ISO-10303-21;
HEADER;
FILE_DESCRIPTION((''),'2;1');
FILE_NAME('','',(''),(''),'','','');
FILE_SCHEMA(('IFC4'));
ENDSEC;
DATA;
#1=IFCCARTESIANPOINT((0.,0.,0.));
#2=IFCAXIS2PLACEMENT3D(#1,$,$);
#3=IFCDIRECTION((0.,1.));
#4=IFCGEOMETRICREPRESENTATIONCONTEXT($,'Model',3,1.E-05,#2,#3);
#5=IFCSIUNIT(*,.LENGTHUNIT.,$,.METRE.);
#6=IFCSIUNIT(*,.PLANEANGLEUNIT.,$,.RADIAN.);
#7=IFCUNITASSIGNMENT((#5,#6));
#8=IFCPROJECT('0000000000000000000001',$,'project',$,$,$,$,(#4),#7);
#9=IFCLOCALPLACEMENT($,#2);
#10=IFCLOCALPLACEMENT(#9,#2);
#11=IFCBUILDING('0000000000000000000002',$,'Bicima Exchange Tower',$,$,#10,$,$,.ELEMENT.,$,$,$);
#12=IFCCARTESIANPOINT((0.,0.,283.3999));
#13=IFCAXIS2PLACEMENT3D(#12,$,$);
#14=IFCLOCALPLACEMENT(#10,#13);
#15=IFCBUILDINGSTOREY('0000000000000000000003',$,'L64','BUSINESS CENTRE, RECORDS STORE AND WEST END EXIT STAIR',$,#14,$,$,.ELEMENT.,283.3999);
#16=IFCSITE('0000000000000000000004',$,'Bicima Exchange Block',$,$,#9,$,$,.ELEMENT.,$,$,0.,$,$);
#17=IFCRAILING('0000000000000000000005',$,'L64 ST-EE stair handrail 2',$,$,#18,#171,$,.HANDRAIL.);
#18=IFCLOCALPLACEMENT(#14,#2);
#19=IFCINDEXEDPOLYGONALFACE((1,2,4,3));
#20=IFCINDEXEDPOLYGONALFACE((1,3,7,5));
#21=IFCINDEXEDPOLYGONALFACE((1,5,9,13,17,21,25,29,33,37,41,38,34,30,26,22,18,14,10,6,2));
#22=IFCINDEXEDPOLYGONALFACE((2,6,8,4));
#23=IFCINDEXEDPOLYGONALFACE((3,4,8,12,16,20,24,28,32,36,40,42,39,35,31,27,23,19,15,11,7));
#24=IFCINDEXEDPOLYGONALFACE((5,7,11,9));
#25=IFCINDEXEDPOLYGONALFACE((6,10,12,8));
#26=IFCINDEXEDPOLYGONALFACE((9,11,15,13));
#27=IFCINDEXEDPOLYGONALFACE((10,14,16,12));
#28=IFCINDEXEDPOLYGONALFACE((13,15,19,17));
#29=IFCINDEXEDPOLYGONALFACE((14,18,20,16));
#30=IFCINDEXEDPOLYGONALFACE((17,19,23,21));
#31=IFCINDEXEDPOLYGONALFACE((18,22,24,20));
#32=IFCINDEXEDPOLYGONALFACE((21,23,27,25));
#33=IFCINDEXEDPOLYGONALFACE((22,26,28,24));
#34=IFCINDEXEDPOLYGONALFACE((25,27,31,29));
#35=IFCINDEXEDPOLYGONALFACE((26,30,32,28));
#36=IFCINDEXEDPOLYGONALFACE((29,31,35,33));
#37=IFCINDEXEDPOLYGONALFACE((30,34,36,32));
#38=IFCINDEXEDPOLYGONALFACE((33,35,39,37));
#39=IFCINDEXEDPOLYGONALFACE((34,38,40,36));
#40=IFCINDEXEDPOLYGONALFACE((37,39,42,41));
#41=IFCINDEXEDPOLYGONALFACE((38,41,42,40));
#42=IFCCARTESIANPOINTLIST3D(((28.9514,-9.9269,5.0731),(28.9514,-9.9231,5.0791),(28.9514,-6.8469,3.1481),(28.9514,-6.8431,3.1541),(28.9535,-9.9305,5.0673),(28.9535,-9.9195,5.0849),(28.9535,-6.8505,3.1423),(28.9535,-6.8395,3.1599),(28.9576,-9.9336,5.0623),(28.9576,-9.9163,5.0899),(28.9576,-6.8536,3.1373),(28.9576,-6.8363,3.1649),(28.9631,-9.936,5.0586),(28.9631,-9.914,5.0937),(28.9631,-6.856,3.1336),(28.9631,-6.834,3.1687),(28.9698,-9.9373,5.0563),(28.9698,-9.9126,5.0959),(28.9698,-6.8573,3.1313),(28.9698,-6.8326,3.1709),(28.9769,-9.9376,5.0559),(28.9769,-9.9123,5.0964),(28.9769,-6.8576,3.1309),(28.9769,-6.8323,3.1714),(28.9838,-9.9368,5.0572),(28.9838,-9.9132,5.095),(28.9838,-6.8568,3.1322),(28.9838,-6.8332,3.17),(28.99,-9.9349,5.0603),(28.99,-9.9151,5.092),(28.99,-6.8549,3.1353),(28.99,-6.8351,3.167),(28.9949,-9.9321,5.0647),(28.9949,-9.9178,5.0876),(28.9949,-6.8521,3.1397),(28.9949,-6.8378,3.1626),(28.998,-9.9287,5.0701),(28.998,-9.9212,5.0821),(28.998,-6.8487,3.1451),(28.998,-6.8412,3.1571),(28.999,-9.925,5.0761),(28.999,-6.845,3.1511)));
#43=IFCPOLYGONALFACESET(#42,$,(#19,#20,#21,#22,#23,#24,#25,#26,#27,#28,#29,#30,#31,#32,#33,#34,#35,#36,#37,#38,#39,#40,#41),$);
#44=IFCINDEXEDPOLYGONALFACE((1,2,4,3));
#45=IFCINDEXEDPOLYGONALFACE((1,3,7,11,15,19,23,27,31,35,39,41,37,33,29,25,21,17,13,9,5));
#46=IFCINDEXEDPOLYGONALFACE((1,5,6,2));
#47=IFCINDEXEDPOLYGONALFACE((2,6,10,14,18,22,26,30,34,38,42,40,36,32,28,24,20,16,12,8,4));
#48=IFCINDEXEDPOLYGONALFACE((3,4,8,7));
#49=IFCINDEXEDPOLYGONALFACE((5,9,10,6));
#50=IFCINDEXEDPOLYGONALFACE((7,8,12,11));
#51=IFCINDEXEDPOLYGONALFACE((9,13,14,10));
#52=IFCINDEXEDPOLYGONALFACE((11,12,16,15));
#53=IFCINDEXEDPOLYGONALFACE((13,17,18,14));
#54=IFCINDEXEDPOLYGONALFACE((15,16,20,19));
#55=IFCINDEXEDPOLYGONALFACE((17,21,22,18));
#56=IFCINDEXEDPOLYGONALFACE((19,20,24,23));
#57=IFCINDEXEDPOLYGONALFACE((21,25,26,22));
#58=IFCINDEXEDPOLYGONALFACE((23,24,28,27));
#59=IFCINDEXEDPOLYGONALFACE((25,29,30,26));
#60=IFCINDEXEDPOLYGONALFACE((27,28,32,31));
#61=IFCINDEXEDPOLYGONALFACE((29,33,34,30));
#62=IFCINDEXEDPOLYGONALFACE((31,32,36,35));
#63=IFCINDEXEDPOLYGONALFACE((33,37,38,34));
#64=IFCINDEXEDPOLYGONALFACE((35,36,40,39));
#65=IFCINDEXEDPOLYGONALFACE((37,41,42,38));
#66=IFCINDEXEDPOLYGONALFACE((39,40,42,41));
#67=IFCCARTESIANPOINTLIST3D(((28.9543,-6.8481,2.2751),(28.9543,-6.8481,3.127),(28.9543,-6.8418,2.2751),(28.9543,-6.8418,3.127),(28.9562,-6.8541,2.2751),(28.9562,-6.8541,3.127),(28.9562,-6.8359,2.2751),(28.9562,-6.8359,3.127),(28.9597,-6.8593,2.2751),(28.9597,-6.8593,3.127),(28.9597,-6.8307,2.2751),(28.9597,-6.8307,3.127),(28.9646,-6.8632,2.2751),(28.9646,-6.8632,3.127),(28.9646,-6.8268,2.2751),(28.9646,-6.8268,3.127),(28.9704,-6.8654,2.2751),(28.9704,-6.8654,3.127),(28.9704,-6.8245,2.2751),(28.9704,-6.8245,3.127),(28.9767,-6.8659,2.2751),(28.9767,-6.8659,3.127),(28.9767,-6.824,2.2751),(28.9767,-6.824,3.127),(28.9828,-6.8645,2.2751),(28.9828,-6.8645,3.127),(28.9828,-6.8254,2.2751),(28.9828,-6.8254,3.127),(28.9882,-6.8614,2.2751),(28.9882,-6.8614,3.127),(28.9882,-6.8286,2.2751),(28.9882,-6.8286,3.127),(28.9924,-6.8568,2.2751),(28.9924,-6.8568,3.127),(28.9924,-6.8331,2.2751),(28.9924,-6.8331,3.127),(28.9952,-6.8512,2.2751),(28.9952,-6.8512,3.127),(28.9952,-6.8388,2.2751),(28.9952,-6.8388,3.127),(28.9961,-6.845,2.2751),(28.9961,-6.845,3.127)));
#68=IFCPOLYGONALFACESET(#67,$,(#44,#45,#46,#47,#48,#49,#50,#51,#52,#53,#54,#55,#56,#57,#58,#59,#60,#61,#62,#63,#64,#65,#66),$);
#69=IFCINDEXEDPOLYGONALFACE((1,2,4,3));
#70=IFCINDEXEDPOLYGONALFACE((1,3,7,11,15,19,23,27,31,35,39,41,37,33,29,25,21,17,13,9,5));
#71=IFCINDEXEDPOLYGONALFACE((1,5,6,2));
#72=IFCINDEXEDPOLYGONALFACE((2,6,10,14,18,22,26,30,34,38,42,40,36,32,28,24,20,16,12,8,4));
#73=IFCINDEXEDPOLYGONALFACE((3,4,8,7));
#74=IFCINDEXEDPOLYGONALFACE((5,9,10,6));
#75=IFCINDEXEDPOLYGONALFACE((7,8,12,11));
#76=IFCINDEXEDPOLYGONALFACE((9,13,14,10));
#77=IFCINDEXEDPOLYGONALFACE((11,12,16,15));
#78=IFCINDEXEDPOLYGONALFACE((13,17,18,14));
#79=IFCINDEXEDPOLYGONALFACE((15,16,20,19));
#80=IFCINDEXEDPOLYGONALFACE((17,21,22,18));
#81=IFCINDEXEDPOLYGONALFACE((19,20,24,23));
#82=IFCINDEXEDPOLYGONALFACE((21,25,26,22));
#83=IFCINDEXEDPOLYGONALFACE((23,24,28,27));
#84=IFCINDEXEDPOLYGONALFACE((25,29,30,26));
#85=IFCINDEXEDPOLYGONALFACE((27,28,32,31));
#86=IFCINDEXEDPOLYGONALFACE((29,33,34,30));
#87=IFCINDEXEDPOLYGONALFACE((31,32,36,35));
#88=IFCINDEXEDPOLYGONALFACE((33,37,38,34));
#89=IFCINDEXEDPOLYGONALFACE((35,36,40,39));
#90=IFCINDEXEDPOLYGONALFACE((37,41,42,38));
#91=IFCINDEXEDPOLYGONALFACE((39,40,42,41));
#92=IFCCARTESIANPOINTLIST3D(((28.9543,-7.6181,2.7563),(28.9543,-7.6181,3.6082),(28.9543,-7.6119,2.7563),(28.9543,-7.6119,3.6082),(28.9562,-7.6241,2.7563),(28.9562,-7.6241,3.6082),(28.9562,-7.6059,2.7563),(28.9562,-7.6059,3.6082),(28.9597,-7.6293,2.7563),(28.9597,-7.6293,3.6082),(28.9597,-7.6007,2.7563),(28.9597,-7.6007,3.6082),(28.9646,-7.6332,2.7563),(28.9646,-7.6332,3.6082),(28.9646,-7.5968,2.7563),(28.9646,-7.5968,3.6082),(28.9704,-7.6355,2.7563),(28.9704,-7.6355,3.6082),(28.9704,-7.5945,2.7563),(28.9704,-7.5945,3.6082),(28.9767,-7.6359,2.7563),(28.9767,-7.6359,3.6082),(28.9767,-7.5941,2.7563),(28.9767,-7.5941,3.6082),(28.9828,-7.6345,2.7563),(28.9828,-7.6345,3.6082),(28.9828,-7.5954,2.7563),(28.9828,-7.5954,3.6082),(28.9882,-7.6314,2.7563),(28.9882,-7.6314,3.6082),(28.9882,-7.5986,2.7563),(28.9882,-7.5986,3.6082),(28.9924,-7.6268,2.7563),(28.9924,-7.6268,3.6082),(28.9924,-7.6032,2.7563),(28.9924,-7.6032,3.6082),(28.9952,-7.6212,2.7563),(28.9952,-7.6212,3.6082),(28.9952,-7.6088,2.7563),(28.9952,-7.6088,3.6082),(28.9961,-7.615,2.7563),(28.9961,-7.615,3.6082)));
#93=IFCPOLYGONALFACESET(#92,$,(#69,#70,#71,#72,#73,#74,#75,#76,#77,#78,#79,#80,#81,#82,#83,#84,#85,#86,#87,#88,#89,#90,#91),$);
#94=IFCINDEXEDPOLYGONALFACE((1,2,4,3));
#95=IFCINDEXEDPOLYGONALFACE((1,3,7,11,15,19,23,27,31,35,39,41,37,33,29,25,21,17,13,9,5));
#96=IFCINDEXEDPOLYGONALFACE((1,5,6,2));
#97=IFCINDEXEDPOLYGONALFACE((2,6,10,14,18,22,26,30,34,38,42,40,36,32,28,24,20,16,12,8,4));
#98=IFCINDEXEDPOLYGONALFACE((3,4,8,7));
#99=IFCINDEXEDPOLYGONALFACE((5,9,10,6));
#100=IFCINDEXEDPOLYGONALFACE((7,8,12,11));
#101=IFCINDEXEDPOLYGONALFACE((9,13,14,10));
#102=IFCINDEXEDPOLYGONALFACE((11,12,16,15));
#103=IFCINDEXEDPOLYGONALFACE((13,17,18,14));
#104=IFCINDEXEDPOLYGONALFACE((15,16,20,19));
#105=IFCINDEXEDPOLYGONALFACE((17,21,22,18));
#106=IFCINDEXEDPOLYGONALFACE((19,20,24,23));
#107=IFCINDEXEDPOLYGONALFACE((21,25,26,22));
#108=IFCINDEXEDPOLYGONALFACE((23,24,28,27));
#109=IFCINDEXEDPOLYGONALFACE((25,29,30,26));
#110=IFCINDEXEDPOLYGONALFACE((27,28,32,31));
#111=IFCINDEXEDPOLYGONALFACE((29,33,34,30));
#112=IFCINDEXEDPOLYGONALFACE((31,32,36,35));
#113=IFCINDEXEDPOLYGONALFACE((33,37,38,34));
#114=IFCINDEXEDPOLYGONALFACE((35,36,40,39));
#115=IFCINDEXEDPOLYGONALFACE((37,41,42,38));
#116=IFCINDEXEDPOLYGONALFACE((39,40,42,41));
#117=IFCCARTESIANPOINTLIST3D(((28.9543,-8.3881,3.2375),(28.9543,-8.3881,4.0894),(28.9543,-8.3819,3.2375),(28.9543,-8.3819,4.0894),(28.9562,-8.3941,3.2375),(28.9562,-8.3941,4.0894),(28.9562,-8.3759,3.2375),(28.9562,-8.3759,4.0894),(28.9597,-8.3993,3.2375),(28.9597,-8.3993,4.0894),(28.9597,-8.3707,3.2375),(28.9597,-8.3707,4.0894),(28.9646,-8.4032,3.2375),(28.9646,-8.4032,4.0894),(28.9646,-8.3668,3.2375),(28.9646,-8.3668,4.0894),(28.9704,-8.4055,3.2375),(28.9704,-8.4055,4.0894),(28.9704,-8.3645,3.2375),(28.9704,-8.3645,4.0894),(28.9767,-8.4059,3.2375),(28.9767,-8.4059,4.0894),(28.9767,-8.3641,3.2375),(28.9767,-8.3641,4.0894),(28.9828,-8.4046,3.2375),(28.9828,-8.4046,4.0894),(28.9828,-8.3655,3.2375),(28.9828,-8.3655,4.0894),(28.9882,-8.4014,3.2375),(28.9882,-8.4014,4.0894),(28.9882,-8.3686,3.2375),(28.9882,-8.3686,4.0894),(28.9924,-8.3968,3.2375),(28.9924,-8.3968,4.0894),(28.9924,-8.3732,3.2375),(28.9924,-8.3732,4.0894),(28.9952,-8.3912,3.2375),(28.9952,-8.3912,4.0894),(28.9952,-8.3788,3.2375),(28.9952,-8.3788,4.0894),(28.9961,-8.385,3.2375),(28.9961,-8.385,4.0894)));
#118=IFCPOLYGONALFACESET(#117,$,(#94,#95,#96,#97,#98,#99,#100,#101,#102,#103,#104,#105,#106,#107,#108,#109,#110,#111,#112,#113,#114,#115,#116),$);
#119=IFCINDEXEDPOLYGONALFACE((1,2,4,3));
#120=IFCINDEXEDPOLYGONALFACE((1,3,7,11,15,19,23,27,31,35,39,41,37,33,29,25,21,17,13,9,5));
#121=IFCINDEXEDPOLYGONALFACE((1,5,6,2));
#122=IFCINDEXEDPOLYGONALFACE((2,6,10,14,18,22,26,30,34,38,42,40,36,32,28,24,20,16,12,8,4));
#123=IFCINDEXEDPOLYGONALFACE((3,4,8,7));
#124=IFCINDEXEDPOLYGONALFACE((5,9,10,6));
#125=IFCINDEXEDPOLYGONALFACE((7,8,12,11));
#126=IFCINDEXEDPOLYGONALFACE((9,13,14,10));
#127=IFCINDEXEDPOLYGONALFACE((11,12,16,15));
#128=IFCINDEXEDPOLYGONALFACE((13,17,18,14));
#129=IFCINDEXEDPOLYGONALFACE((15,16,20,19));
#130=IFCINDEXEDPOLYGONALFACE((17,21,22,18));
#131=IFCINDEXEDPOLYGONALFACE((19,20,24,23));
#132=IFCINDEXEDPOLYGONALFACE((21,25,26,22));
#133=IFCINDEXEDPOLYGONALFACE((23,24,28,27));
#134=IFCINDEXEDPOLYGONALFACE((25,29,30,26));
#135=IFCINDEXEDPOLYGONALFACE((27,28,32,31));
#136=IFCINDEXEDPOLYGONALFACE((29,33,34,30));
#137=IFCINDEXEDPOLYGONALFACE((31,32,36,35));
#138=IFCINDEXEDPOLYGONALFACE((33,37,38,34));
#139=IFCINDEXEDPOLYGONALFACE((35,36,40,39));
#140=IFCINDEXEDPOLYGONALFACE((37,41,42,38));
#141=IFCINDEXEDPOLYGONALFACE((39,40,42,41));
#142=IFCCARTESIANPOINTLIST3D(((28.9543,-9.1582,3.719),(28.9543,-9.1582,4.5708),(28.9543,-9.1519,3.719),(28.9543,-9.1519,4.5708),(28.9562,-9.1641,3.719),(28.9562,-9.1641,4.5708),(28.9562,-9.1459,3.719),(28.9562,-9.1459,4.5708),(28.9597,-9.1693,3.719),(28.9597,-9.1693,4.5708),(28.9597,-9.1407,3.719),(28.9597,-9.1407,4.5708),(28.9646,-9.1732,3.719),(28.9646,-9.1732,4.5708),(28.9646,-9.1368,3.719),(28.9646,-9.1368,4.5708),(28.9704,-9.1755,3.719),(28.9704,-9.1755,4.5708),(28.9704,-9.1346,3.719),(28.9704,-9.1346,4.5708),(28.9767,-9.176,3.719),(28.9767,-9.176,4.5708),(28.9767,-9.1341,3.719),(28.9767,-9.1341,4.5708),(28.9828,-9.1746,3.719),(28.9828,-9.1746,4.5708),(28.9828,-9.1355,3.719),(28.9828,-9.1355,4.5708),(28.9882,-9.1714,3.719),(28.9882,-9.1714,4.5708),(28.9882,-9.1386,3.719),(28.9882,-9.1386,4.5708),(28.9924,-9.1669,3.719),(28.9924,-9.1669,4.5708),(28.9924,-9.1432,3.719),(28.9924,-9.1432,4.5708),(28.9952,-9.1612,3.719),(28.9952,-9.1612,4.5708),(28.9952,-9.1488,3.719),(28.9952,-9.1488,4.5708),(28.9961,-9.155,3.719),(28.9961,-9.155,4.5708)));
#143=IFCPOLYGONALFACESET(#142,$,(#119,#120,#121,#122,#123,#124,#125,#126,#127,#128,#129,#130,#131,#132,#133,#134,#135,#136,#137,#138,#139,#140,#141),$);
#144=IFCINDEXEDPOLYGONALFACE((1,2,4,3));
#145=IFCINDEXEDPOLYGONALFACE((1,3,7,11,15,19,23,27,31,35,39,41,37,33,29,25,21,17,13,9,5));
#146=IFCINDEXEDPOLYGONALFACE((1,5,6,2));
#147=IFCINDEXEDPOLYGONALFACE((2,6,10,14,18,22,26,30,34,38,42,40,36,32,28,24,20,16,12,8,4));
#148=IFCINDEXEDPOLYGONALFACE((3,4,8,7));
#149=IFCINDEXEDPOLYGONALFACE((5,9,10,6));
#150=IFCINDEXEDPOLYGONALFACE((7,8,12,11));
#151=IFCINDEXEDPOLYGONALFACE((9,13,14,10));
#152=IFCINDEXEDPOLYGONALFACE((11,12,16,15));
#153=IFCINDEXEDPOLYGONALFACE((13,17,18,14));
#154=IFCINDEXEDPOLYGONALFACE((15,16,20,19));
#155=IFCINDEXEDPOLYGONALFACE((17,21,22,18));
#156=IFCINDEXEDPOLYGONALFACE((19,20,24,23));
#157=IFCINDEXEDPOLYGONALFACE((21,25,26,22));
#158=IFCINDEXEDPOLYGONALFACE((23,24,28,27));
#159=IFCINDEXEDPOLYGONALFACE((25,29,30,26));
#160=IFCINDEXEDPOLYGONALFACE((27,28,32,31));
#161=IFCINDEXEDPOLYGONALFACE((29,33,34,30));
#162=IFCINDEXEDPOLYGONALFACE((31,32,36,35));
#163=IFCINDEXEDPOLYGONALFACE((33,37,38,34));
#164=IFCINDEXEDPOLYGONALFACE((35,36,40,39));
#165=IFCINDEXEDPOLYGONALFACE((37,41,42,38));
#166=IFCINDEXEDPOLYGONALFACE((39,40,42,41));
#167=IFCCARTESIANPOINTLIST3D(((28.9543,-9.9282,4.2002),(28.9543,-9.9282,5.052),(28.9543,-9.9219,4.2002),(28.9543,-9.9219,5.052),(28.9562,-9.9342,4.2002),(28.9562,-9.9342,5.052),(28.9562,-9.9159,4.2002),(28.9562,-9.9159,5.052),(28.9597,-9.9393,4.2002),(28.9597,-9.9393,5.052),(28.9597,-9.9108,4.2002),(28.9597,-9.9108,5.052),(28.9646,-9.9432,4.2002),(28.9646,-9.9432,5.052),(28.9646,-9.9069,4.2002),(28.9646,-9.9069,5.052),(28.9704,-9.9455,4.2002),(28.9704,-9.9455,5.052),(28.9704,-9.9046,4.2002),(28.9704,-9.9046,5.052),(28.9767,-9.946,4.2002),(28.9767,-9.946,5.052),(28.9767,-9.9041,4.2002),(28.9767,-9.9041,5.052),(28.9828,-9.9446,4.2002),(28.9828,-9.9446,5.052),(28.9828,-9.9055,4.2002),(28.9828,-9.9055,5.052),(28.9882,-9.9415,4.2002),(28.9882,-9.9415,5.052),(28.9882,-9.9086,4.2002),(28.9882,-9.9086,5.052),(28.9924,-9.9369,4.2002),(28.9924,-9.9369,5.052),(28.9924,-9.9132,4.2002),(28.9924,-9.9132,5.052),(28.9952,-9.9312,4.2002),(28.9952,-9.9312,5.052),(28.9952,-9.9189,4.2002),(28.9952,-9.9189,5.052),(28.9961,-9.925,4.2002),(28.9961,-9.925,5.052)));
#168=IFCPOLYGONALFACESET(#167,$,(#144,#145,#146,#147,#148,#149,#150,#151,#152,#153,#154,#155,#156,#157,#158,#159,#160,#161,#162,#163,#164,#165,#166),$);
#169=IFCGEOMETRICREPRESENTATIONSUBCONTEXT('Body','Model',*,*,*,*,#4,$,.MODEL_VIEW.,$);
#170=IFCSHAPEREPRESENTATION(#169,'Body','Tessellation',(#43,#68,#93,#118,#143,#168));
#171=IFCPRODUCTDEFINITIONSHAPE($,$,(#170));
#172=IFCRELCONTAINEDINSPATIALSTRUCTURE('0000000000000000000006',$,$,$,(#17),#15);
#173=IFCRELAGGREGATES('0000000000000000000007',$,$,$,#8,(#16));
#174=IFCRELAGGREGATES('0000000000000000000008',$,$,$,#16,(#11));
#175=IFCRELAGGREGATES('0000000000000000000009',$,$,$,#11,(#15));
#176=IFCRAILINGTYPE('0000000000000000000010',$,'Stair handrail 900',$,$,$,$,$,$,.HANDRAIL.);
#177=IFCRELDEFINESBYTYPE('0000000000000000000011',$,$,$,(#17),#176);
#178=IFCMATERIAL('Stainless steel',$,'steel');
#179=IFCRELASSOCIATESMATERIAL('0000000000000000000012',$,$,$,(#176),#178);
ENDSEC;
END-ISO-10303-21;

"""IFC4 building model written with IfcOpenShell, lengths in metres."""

from ifc_helpers import new_model, si_unit, direction, frame, origin, origin_2d, place, context, subcontext, project, spatial, circle, extrude, material, type_object, element, save


model = new_model("IFC4")

# Units and contexts
model_context = context("Model", 3, precision=1e-05, world=origin(), true_north=direction((0.0, 1.0)))
body_context = subcontext(model_context, "Body", "Model", "MODEL_VIEW")
ifc_project = project(units=[si_unit("LENGTHUNIT", "METRE"), si_unit("PLANEANGLEUNIT", "RADIAN")], contexts=[model_context])

# Site, building, storey
site_placement = place(None, origin())
site = spatial("IfcSite", under=ifc_project, at=site_placement, Name="Bicima Exchange Block", CompositionType="ELEMENT", RefElevation=0.0)
building_placement = place(site_placement, origin())
building = spatial("IfcBuilding", under=site, at=building_placement, Name="Bicima Exchange Tower", CompositionType="ELEMENT")
storey_placement = place(building_placement, frame((0.0, 0.0, 283.3999)))
storey = spatial("IfcBuildingStorey", under=building, at=storey_placement, Name="L64", Description="BUSINESS CENTRE, RECORDS STORE AND WEST END EXIT STAIR", CompositionType="ELEMENT", Elevation=283.3999)

# Railing
ifc_material_1 = material(Name="Stainless steel", Category="steel")
railing_type_1 = type_object("IfcRailingType", Name="Stair handrail 900", PredefinedType="HANDRAIL", material=ifc_material_1)
railing_1_placement = place(storey_placement, frame((28.9751, -6.845, 2.2751)))
element("IfcRailing", 1, at=railing_1_placement, inside=storey, type_object=railing_type_1, Name="L64 ST-EE stair handrail 2", PredefinedType="HANDRAIL", context=body_context, shape_type="SweptSolid", body=[
    extrude(circle(Radius=0.0239, at=origin_2d()), frame((0.0, 0.0, 0.876), z_axis=(0.0, -0.847998, 0.529999), x_axis=(1.0, 0.0, 0.0)), (0.0, 0.0, 1.0), 3.6321),
    extrude(circle(Radius=0.021, at=origin_2d()), origin(), (0.0, 0.0, 1.0), 0.8518),
    extrude(circle(Radius=0.021, at=origin_2d()), frame((0.0, -0.77, 0.4812)), (0.0, 0.0, 1.0), 0.8518),
    extrude(circle(Radius=0.021, at=origin_2d()), frame((0.0, -1.54, 0.9624)), (0.0, 0.0, 1.0), 0.8518),
    extrude(circle(Radius=0.021, at=origin_2d()), frame((0.0, -2.3101, 1.4438)), (0.0, 0.0, 1.0), 0.8518),
    extrude(circle(Radius=0.021, at=origin_2d()), frame((0.0, -3.0801, 1.925)), (0.0, 0.0, 1.0), 0.8518),
])

save(model, "model.ifc")
